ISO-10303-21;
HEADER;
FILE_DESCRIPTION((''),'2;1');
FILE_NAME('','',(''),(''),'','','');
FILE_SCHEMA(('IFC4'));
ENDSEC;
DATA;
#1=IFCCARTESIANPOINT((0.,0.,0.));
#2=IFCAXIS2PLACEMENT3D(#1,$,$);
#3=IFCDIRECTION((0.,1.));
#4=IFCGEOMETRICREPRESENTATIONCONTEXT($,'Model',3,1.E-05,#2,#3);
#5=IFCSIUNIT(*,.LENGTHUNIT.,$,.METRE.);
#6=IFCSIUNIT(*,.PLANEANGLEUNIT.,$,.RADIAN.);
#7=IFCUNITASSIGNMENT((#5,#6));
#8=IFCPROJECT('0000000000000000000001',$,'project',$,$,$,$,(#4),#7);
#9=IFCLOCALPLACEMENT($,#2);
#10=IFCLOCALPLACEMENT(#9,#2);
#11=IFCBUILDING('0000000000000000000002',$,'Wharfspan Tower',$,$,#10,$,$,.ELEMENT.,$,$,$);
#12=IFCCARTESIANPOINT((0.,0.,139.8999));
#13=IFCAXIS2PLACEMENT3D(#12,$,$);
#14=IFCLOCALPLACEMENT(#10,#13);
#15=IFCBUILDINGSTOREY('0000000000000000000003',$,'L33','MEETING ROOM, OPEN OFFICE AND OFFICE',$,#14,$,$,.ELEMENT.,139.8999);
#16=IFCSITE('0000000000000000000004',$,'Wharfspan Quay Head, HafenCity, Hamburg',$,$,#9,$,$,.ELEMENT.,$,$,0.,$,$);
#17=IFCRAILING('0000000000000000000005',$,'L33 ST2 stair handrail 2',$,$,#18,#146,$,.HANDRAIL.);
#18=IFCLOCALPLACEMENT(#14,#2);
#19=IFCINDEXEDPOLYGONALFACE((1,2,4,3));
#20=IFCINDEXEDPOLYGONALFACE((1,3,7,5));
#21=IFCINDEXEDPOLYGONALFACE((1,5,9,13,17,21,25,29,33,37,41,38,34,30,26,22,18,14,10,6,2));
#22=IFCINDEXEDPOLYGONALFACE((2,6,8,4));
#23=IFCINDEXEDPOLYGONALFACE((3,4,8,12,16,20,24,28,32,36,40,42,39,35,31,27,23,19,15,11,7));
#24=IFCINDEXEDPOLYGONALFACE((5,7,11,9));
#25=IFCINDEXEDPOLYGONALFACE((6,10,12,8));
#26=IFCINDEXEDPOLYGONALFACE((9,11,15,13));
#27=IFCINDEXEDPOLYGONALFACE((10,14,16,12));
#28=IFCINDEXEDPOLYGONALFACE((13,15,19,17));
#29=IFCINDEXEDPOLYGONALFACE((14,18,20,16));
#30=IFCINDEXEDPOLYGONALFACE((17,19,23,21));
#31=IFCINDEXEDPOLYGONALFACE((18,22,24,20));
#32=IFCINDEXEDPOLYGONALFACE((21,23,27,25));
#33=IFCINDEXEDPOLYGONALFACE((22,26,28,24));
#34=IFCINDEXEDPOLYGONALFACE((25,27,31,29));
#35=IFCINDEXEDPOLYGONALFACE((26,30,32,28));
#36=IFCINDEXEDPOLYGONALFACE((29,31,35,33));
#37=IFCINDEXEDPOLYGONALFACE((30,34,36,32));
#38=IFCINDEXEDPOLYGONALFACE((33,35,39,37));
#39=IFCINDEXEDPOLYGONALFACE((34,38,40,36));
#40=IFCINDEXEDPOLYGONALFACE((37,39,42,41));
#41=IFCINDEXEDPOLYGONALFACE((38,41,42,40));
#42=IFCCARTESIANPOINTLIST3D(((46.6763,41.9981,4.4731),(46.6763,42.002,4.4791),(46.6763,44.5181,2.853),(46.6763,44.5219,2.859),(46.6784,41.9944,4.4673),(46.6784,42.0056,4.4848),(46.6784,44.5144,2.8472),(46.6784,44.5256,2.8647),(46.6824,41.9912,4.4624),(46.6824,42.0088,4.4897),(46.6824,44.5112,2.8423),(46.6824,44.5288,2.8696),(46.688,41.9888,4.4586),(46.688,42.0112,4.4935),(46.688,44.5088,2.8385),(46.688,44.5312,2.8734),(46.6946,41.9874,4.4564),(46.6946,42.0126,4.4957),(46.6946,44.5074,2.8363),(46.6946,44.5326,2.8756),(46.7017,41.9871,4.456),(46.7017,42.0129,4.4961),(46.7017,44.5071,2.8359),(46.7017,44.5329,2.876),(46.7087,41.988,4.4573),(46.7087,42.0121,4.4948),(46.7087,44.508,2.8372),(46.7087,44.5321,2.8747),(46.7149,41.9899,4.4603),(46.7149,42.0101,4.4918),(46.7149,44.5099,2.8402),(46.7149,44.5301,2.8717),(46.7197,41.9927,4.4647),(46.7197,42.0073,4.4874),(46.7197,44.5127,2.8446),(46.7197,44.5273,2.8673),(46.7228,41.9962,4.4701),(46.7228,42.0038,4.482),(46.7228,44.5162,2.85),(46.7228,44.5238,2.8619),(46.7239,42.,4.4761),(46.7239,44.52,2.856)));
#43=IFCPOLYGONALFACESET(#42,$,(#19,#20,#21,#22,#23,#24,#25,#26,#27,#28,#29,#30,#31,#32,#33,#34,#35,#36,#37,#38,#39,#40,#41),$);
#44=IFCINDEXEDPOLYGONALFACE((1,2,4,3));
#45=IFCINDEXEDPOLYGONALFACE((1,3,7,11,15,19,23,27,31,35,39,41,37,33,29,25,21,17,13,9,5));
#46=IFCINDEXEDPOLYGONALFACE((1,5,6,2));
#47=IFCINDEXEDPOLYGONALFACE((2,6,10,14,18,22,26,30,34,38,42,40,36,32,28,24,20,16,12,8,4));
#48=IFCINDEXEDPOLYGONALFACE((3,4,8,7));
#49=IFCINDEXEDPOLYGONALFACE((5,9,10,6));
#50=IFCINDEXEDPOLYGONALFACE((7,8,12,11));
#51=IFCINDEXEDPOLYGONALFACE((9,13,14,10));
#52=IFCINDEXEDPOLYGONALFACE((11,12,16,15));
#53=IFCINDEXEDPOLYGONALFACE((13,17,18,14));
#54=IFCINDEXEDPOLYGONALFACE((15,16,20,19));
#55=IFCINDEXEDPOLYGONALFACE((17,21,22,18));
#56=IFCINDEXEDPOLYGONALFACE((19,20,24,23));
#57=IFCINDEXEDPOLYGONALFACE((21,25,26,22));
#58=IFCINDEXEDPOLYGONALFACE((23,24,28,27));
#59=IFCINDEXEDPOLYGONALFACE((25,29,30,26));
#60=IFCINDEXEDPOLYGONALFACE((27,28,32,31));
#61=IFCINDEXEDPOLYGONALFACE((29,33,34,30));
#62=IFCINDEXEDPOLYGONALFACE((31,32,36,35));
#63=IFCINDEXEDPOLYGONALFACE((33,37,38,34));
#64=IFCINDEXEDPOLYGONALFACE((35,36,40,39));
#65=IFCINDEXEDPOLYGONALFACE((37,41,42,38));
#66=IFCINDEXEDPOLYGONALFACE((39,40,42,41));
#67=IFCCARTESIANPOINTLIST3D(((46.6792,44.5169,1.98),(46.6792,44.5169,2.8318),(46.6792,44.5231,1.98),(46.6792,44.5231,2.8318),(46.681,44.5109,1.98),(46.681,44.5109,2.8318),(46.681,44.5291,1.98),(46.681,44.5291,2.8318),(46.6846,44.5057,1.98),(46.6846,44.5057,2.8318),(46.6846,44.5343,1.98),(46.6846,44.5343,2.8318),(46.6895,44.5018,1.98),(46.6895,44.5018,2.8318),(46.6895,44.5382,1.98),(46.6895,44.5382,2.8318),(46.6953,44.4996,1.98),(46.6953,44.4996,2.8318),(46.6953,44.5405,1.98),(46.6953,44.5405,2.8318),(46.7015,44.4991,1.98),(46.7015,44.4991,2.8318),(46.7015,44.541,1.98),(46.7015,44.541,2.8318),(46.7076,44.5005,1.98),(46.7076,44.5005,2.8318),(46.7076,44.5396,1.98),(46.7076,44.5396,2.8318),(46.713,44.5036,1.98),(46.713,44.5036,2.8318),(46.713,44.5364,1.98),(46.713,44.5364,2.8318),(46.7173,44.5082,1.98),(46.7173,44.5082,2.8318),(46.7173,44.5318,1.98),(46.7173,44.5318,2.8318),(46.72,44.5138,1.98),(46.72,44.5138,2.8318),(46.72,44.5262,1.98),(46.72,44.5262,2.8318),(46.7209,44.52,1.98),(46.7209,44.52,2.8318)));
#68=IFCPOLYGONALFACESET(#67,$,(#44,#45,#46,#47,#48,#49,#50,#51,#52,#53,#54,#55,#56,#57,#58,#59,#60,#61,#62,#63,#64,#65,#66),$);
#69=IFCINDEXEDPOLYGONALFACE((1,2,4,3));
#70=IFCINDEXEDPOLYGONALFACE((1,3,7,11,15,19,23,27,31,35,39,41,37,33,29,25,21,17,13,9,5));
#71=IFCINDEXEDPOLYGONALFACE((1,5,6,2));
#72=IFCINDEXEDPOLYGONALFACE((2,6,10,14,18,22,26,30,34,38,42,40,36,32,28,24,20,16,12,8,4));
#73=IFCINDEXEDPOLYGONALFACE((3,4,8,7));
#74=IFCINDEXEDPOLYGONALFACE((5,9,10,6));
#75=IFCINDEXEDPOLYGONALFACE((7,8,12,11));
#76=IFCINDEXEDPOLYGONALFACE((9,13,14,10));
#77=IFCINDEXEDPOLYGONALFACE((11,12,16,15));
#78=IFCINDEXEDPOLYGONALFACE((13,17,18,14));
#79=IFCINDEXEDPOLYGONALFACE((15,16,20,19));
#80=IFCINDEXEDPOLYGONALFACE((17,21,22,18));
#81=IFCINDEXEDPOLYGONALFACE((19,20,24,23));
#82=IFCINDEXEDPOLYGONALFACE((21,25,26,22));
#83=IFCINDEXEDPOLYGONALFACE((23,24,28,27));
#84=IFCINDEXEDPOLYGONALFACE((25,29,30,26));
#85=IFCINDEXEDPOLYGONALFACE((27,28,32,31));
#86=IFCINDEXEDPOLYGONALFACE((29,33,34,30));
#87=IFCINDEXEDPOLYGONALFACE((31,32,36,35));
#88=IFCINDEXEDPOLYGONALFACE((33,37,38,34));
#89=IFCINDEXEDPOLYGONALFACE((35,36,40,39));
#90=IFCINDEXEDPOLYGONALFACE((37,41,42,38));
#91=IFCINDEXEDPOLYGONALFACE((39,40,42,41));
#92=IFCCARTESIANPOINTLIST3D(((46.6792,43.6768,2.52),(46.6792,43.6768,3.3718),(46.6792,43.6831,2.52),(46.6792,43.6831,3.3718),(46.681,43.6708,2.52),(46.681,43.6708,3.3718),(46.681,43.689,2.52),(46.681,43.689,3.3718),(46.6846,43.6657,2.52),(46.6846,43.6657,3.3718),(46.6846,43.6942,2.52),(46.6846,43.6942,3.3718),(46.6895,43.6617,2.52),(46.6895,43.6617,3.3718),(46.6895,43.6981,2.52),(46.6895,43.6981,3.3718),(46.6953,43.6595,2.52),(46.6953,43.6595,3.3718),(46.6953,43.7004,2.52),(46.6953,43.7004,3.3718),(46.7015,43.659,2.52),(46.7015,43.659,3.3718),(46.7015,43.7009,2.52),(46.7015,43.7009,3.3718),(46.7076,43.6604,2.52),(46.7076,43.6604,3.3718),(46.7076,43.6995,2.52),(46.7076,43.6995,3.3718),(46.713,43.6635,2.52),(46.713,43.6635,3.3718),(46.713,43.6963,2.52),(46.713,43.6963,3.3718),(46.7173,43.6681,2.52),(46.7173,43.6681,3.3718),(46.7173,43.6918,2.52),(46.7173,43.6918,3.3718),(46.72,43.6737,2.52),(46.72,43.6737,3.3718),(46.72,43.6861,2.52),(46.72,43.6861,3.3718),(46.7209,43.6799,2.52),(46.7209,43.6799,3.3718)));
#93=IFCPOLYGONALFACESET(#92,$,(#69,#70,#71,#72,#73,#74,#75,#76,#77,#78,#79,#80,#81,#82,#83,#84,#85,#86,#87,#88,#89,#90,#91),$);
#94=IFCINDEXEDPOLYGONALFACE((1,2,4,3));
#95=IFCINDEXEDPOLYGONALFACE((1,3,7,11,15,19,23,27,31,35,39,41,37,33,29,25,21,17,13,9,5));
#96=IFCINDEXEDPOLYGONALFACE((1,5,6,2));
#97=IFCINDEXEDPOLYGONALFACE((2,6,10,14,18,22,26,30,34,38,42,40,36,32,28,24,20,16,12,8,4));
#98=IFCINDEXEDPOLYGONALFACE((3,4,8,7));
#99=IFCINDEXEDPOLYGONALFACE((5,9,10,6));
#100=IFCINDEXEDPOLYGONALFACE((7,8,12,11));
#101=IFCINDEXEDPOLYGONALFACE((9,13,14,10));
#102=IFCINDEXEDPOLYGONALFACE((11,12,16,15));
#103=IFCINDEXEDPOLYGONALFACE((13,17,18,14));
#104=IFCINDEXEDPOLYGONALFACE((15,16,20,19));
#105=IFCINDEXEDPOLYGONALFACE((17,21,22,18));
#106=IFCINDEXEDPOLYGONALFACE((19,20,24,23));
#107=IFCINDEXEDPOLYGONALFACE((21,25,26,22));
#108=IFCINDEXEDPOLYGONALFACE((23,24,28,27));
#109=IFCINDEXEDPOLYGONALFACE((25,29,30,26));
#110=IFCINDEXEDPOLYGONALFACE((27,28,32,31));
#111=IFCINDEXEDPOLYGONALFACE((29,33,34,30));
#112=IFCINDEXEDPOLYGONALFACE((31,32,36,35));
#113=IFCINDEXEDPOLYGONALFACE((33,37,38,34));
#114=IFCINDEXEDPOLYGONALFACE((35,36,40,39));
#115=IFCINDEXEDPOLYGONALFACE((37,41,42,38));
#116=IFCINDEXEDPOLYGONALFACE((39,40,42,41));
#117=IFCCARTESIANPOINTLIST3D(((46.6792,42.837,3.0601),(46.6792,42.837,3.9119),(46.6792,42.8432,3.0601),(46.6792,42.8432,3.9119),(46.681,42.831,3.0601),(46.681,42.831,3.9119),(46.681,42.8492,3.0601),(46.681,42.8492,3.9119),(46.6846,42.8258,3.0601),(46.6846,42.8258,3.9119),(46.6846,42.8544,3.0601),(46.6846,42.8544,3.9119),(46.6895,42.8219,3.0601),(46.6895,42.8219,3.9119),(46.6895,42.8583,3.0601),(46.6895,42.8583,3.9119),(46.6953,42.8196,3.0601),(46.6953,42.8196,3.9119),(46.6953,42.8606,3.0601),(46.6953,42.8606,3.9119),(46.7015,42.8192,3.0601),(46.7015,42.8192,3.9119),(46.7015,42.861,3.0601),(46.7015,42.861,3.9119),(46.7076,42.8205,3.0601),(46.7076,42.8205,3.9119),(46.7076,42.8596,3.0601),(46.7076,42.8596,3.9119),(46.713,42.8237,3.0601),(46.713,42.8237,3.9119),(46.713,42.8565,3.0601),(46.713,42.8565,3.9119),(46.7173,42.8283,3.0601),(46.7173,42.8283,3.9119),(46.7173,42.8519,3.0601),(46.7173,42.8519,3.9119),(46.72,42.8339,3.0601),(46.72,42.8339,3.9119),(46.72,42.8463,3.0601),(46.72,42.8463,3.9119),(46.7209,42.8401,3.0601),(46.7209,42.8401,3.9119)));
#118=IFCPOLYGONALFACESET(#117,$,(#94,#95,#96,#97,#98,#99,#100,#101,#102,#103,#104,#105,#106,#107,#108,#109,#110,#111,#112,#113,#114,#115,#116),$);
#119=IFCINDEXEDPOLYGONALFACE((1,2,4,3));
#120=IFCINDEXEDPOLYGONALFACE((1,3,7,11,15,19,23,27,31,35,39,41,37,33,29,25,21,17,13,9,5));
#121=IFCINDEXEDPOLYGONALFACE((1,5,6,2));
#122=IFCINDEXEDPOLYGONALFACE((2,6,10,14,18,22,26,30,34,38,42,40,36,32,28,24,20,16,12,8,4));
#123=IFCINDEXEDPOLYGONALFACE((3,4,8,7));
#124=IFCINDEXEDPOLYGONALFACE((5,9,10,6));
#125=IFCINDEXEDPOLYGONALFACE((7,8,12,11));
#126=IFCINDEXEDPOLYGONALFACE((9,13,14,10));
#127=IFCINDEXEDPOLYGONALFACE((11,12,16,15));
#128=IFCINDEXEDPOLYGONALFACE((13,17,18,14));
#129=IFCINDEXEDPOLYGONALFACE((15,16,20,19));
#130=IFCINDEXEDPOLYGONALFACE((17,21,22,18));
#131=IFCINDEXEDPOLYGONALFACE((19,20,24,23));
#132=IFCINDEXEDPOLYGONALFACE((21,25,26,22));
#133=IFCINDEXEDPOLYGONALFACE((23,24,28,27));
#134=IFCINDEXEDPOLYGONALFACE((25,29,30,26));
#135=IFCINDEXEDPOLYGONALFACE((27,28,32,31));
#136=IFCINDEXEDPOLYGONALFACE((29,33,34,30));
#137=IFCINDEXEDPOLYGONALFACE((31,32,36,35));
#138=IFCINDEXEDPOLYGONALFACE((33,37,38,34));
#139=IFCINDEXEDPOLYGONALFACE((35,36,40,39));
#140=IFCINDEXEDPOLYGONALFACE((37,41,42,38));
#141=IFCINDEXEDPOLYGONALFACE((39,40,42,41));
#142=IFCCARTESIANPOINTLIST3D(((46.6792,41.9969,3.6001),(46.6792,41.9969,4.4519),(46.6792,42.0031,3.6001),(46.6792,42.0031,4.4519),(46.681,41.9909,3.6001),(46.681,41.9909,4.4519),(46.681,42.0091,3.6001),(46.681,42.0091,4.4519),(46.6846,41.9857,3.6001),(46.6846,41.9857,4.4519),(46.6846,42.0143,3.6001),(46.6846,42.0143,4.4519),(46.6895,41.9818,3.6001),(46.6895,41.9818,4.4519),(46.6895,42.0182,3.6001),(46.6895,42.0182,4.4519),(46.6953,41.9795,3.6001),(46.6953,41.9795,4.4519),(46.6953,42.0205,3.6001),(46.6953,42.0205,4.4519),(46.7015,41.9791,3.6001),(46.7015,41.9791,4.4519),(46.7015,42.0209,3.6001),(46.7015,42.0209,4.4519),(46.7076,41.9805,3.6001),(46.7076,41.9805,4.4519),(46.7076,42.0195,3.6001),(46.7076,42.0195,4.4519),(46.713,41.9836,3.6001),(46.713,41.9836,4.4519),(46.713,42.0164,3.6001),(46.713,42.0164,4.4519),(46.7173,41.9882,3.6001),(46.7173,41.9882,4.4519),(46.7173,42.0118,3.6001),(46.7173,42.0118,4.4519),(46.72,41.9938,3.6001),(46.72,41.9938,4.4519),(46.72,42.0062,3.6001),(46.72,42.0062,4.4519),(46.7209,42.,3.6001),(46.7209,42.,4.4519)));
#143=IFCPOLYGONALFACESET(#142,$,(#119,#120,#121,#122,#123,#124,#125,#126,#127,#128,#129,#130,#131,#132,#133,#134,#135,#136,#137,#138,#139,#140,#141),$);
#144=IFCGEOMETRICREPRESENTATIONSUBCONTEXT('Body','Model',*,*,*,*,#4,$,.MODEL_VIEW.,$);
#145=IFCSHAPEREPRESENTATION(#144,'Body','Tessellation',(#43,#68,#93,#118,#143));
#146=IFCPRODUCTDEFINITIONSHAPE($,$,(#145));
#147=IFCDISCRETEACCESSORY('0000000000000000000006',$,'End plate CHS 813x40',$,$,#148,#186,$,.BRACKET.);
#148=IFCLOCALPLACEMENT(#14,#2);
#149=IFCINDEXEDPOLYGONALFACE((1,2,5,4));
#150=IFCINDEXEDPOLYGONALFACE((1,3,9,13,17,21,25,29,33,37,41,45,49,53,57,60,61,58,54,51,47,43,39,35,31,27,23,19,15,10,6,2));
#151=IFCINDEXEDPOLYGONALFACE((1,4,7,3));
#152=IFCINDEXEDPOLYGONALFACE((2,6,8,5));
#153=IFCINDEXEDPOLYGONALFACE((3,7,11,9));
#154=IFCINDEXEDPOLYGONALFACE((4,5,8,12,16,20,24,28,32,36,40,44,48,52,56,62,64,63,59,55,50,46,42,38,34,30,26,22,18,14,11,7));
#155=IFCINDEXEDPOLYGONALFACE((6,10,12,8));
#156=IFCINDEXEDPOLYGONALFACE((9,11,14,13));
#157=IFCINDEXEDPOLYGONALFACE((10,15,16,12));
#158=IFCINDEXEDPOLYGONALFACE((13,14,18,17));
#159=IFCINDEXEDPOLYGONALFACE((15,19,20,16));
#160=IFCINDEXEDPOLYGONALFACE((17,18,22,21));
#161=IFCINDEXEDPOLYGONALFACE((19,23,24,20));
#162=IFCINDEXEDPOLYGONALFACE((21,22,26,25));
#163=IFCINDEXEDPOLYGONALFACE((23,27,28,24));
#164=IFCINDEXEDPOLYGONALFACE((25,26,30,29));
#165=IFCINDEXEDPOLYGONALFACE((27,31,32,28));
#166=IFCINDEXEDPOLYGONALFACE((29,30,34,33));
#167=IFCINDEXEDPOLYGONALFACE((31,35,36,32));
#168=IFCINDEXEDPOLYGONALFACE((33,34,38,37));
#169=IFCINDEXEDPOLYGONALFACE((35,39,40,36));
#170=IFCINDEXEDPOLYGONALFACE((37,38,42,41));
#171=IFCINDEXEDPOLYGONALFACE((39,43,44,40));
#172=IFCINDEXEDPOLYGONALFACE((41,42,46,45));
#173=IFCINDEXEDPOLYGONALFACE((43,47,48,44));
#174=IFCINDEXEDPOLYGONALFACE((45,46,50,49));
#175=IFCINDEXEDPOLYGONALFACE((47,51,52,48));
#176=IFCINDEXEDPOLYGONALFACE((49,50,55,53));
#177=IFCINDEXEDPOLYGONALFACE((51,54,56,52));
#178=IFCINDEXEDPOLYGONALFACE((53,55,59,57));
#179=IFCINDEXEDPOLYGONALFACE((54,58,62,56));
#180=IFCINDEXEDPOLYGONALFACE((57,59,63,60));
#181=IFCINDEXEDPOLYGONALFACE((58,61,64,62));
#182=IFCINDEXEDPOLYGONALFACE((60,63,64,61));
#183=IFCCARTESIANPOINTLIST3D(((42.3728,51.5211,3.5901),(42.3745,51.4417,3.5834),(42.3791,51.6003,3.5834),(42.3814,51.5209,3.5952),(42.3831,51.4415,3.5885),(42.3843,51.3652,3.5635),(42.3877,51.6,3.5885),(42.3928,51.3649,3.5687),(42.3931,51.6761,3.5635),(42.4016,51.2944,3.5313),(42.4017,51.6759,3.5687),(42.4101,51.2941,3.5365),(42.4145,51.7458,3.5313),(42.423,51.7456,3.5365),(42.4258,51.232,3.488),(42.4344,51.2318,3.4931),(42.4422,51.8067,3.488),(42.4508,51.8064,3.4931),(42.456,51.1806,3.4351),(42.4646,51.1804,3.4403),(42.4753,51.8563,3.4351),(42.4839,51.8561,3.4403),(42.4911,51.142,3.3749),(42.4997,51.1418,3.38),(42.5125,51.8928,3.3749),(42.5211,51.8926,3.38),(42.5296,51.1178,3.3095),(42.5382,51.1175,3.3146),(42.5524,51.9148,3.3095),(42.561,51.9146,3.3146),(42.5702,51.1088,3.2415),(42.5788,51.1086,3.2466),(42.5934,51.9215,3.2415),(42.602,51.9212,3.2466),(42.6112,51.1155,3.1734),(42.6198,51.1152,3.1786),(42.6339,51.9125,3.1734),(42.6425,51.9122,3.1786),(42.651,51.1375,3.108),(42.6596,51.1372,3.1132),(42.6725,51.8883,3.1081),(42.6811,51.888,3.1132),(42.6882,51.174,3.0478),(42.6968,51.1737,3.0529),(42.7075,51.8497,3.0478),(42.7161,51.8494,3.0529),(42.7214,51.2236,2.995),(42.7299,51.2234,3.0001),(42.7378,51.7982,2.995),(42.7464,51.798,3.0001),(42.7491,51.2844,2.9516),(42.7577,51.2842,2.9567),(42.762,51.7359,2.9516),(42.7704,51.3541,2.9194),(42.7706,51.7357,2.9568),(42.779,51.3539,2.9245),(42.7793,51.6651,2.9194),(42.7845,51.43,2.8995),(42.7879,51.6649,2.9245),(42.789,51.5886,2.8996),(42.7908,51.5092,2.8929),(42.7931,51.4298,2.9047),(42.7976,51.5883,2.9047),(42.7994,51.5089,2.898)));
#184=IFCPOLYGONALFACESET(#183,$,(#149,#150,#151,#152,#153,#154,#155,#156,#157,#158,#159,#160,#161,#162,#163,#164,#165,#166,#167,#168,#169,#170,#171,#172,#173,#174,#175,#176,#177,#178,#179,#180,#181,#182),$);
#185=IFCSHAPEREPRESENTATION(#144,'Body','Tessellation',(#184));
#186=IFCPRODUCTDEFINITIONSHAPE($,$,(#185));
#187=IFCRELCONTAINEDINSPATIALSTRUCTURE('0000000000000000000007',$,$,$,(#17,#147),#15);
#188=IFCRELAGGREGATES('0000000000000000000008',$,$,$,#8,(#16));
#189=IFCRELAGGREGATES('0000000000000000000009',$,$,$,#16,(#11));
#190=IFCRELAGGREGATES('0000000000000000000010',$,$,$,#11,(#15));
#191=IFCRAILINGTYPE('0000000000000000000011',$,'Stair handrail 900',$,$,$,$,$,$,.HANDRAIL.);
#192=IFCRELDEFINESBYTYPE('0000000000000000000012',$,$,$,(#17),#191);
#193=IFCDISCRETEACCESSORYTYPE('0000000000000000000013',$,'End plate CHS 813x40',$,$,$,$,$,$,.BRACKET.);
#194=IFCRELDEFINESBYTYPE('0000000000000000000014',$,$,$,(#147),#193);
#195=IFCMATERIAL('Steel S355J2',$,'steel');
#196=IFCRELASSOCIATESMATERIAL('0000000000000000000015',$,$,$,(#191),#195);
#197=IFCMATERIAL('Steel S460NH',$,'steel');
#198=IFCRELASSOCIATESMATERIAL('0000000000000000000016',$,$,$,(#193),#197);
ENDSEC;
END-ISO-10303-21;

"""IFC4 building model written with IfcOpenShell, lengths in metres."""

from ifc_helpers import new_model, si_unit, direction, frame, origin, origin_2d, place, context, subcontext, project, spatial, circle, extrude, material, material_profile, profile_set, type_object, element, save


model = new_model("IFC4")

# Units and contexts
model_context = context("Model", 3, precision=1e-05, world=origin(), true_north=direction((0.0, 1.0)))
body_context = subcontext(model_context, "Body", "Model", "MODEL_VIEW")
ifc_project = project(units=[si_unit("LENGTHUNIT", "METRE"), si_unit("PLANEANGLEUNIT", "RADIAN")], contexts=[model_context])

# Site, building, storey
site_placement = place(None, origin())
site = spatial("IfcSite", under=ifc_project, at=site_placement, Name="Wharfspan Quay Head, HafenCity, Hamburg", CompositionType="ELEMENT", RefElevation=0.0)
building_placement = place(site_placement, origin())
building = spatial("IfcBuilding", under=site, at=building_placement, Name="Wharfspan Tower", CompositionType="ELEMENT")
storey_placement = place(building_placement, frame((0.0, 0.0, 139.8999)))
storey = spatial("IfcBuildingStorey", under=building, at=storey_placement, Name="L33", Description="MEETING ROOM, OPEN OFFICE AND OFFICE", CompositionType="ELEMENT", Elevation=139.8999)

# Shared definitions
ifc_material_1 = material(Name="Steel S355J2", Category="steel")

# Shared definitions
ifc_material_2 = material(Name="Steel S460NH", Category="steel")

# Railing
railing_type_1 = type_object("IfcRailingType", Name="Stair handrail 900", PredefinedType="HANDRAIL", material=ifc_material_1)
railing_1_placement = place(storey_placement, frame((46.7, 44.52, 1.98)))
element("IfcRailing", 1, at=railing_1_placement, inside=storey, type_object=railing_type_1, Name="L33 ST2 stair handrail 2", PredefinedType="HANDRAIL", context=body_context, shape_type="SweptSolid", body=[
    extrude(circle(Radius=0.0239, at=origin_2d()), frame((0.0, 0.0, 0.876), z_axis=(0.0, -0.841163, 0.540782), x_axis=(1.0, 0.0, 0.0)), (0.0, 0.0, 1.0), 2.9958),
    extrude(circle(Radius=0.021, at=origin_2d()), origin(), (0.0, 0.0, 1.0), 0.8518),
    extrude(circle(Radius=0.021, at=origin_2d()), frame((0.0, -0.8401, 0.54)), (0.0, 0.0, 1.0), 0.8518),
    extrude(circle(Radius=0.021, at=origin_2d()), frame((0.0, -1.6799, 1.0801)), (0.0, 0.0, 1.0), 0.8518),
    extrude(circle(Radius=0.021, at=origin_2d()), frame((0.0, -2.52, 1.6201)), (0.0, 0.0, 1.0), 0.8518),
])

# Discrete accessory
ifc_material_profile_1 = material_profile(ifc_material_2, circle(Radius=0.4065, at=origin_2d()))
ifc_profile_set_1 = profile_set([ifc_material_profile_1], Name="Steel S460NH")
discrete_accessory_type = type_object("IfcDiscreteAccessoryType", Name="End plate CHS 813x40", PredefinedType="BRACKET", material=ifc_profile_set_1)
for number, where, z_axis, x_axis, name in (
    (2, (42.5818, 51.5151, 3.2415), (0.857236, -0.024492, 0.514341), (0.028558, 0.999591, 0.000002), "End plate CHS 813x40"),
):
    element("IfcDiscreteAccessory", number, at=place(storey_placement, frame(where, z_axis=z_axis, x_axis=x_axis)), inside=storey, type_object=discrete_accessory_type, Name=name, PredefinedType="BRACKET", context=body_context, shape_type="SweptSolid", body=[
        extrude(circle(Radius=0.4065, at=origin_2d()), origin(), (0.0, 0.0, 1.0), 0.01),
    ])

save(model, "model.ifc")
